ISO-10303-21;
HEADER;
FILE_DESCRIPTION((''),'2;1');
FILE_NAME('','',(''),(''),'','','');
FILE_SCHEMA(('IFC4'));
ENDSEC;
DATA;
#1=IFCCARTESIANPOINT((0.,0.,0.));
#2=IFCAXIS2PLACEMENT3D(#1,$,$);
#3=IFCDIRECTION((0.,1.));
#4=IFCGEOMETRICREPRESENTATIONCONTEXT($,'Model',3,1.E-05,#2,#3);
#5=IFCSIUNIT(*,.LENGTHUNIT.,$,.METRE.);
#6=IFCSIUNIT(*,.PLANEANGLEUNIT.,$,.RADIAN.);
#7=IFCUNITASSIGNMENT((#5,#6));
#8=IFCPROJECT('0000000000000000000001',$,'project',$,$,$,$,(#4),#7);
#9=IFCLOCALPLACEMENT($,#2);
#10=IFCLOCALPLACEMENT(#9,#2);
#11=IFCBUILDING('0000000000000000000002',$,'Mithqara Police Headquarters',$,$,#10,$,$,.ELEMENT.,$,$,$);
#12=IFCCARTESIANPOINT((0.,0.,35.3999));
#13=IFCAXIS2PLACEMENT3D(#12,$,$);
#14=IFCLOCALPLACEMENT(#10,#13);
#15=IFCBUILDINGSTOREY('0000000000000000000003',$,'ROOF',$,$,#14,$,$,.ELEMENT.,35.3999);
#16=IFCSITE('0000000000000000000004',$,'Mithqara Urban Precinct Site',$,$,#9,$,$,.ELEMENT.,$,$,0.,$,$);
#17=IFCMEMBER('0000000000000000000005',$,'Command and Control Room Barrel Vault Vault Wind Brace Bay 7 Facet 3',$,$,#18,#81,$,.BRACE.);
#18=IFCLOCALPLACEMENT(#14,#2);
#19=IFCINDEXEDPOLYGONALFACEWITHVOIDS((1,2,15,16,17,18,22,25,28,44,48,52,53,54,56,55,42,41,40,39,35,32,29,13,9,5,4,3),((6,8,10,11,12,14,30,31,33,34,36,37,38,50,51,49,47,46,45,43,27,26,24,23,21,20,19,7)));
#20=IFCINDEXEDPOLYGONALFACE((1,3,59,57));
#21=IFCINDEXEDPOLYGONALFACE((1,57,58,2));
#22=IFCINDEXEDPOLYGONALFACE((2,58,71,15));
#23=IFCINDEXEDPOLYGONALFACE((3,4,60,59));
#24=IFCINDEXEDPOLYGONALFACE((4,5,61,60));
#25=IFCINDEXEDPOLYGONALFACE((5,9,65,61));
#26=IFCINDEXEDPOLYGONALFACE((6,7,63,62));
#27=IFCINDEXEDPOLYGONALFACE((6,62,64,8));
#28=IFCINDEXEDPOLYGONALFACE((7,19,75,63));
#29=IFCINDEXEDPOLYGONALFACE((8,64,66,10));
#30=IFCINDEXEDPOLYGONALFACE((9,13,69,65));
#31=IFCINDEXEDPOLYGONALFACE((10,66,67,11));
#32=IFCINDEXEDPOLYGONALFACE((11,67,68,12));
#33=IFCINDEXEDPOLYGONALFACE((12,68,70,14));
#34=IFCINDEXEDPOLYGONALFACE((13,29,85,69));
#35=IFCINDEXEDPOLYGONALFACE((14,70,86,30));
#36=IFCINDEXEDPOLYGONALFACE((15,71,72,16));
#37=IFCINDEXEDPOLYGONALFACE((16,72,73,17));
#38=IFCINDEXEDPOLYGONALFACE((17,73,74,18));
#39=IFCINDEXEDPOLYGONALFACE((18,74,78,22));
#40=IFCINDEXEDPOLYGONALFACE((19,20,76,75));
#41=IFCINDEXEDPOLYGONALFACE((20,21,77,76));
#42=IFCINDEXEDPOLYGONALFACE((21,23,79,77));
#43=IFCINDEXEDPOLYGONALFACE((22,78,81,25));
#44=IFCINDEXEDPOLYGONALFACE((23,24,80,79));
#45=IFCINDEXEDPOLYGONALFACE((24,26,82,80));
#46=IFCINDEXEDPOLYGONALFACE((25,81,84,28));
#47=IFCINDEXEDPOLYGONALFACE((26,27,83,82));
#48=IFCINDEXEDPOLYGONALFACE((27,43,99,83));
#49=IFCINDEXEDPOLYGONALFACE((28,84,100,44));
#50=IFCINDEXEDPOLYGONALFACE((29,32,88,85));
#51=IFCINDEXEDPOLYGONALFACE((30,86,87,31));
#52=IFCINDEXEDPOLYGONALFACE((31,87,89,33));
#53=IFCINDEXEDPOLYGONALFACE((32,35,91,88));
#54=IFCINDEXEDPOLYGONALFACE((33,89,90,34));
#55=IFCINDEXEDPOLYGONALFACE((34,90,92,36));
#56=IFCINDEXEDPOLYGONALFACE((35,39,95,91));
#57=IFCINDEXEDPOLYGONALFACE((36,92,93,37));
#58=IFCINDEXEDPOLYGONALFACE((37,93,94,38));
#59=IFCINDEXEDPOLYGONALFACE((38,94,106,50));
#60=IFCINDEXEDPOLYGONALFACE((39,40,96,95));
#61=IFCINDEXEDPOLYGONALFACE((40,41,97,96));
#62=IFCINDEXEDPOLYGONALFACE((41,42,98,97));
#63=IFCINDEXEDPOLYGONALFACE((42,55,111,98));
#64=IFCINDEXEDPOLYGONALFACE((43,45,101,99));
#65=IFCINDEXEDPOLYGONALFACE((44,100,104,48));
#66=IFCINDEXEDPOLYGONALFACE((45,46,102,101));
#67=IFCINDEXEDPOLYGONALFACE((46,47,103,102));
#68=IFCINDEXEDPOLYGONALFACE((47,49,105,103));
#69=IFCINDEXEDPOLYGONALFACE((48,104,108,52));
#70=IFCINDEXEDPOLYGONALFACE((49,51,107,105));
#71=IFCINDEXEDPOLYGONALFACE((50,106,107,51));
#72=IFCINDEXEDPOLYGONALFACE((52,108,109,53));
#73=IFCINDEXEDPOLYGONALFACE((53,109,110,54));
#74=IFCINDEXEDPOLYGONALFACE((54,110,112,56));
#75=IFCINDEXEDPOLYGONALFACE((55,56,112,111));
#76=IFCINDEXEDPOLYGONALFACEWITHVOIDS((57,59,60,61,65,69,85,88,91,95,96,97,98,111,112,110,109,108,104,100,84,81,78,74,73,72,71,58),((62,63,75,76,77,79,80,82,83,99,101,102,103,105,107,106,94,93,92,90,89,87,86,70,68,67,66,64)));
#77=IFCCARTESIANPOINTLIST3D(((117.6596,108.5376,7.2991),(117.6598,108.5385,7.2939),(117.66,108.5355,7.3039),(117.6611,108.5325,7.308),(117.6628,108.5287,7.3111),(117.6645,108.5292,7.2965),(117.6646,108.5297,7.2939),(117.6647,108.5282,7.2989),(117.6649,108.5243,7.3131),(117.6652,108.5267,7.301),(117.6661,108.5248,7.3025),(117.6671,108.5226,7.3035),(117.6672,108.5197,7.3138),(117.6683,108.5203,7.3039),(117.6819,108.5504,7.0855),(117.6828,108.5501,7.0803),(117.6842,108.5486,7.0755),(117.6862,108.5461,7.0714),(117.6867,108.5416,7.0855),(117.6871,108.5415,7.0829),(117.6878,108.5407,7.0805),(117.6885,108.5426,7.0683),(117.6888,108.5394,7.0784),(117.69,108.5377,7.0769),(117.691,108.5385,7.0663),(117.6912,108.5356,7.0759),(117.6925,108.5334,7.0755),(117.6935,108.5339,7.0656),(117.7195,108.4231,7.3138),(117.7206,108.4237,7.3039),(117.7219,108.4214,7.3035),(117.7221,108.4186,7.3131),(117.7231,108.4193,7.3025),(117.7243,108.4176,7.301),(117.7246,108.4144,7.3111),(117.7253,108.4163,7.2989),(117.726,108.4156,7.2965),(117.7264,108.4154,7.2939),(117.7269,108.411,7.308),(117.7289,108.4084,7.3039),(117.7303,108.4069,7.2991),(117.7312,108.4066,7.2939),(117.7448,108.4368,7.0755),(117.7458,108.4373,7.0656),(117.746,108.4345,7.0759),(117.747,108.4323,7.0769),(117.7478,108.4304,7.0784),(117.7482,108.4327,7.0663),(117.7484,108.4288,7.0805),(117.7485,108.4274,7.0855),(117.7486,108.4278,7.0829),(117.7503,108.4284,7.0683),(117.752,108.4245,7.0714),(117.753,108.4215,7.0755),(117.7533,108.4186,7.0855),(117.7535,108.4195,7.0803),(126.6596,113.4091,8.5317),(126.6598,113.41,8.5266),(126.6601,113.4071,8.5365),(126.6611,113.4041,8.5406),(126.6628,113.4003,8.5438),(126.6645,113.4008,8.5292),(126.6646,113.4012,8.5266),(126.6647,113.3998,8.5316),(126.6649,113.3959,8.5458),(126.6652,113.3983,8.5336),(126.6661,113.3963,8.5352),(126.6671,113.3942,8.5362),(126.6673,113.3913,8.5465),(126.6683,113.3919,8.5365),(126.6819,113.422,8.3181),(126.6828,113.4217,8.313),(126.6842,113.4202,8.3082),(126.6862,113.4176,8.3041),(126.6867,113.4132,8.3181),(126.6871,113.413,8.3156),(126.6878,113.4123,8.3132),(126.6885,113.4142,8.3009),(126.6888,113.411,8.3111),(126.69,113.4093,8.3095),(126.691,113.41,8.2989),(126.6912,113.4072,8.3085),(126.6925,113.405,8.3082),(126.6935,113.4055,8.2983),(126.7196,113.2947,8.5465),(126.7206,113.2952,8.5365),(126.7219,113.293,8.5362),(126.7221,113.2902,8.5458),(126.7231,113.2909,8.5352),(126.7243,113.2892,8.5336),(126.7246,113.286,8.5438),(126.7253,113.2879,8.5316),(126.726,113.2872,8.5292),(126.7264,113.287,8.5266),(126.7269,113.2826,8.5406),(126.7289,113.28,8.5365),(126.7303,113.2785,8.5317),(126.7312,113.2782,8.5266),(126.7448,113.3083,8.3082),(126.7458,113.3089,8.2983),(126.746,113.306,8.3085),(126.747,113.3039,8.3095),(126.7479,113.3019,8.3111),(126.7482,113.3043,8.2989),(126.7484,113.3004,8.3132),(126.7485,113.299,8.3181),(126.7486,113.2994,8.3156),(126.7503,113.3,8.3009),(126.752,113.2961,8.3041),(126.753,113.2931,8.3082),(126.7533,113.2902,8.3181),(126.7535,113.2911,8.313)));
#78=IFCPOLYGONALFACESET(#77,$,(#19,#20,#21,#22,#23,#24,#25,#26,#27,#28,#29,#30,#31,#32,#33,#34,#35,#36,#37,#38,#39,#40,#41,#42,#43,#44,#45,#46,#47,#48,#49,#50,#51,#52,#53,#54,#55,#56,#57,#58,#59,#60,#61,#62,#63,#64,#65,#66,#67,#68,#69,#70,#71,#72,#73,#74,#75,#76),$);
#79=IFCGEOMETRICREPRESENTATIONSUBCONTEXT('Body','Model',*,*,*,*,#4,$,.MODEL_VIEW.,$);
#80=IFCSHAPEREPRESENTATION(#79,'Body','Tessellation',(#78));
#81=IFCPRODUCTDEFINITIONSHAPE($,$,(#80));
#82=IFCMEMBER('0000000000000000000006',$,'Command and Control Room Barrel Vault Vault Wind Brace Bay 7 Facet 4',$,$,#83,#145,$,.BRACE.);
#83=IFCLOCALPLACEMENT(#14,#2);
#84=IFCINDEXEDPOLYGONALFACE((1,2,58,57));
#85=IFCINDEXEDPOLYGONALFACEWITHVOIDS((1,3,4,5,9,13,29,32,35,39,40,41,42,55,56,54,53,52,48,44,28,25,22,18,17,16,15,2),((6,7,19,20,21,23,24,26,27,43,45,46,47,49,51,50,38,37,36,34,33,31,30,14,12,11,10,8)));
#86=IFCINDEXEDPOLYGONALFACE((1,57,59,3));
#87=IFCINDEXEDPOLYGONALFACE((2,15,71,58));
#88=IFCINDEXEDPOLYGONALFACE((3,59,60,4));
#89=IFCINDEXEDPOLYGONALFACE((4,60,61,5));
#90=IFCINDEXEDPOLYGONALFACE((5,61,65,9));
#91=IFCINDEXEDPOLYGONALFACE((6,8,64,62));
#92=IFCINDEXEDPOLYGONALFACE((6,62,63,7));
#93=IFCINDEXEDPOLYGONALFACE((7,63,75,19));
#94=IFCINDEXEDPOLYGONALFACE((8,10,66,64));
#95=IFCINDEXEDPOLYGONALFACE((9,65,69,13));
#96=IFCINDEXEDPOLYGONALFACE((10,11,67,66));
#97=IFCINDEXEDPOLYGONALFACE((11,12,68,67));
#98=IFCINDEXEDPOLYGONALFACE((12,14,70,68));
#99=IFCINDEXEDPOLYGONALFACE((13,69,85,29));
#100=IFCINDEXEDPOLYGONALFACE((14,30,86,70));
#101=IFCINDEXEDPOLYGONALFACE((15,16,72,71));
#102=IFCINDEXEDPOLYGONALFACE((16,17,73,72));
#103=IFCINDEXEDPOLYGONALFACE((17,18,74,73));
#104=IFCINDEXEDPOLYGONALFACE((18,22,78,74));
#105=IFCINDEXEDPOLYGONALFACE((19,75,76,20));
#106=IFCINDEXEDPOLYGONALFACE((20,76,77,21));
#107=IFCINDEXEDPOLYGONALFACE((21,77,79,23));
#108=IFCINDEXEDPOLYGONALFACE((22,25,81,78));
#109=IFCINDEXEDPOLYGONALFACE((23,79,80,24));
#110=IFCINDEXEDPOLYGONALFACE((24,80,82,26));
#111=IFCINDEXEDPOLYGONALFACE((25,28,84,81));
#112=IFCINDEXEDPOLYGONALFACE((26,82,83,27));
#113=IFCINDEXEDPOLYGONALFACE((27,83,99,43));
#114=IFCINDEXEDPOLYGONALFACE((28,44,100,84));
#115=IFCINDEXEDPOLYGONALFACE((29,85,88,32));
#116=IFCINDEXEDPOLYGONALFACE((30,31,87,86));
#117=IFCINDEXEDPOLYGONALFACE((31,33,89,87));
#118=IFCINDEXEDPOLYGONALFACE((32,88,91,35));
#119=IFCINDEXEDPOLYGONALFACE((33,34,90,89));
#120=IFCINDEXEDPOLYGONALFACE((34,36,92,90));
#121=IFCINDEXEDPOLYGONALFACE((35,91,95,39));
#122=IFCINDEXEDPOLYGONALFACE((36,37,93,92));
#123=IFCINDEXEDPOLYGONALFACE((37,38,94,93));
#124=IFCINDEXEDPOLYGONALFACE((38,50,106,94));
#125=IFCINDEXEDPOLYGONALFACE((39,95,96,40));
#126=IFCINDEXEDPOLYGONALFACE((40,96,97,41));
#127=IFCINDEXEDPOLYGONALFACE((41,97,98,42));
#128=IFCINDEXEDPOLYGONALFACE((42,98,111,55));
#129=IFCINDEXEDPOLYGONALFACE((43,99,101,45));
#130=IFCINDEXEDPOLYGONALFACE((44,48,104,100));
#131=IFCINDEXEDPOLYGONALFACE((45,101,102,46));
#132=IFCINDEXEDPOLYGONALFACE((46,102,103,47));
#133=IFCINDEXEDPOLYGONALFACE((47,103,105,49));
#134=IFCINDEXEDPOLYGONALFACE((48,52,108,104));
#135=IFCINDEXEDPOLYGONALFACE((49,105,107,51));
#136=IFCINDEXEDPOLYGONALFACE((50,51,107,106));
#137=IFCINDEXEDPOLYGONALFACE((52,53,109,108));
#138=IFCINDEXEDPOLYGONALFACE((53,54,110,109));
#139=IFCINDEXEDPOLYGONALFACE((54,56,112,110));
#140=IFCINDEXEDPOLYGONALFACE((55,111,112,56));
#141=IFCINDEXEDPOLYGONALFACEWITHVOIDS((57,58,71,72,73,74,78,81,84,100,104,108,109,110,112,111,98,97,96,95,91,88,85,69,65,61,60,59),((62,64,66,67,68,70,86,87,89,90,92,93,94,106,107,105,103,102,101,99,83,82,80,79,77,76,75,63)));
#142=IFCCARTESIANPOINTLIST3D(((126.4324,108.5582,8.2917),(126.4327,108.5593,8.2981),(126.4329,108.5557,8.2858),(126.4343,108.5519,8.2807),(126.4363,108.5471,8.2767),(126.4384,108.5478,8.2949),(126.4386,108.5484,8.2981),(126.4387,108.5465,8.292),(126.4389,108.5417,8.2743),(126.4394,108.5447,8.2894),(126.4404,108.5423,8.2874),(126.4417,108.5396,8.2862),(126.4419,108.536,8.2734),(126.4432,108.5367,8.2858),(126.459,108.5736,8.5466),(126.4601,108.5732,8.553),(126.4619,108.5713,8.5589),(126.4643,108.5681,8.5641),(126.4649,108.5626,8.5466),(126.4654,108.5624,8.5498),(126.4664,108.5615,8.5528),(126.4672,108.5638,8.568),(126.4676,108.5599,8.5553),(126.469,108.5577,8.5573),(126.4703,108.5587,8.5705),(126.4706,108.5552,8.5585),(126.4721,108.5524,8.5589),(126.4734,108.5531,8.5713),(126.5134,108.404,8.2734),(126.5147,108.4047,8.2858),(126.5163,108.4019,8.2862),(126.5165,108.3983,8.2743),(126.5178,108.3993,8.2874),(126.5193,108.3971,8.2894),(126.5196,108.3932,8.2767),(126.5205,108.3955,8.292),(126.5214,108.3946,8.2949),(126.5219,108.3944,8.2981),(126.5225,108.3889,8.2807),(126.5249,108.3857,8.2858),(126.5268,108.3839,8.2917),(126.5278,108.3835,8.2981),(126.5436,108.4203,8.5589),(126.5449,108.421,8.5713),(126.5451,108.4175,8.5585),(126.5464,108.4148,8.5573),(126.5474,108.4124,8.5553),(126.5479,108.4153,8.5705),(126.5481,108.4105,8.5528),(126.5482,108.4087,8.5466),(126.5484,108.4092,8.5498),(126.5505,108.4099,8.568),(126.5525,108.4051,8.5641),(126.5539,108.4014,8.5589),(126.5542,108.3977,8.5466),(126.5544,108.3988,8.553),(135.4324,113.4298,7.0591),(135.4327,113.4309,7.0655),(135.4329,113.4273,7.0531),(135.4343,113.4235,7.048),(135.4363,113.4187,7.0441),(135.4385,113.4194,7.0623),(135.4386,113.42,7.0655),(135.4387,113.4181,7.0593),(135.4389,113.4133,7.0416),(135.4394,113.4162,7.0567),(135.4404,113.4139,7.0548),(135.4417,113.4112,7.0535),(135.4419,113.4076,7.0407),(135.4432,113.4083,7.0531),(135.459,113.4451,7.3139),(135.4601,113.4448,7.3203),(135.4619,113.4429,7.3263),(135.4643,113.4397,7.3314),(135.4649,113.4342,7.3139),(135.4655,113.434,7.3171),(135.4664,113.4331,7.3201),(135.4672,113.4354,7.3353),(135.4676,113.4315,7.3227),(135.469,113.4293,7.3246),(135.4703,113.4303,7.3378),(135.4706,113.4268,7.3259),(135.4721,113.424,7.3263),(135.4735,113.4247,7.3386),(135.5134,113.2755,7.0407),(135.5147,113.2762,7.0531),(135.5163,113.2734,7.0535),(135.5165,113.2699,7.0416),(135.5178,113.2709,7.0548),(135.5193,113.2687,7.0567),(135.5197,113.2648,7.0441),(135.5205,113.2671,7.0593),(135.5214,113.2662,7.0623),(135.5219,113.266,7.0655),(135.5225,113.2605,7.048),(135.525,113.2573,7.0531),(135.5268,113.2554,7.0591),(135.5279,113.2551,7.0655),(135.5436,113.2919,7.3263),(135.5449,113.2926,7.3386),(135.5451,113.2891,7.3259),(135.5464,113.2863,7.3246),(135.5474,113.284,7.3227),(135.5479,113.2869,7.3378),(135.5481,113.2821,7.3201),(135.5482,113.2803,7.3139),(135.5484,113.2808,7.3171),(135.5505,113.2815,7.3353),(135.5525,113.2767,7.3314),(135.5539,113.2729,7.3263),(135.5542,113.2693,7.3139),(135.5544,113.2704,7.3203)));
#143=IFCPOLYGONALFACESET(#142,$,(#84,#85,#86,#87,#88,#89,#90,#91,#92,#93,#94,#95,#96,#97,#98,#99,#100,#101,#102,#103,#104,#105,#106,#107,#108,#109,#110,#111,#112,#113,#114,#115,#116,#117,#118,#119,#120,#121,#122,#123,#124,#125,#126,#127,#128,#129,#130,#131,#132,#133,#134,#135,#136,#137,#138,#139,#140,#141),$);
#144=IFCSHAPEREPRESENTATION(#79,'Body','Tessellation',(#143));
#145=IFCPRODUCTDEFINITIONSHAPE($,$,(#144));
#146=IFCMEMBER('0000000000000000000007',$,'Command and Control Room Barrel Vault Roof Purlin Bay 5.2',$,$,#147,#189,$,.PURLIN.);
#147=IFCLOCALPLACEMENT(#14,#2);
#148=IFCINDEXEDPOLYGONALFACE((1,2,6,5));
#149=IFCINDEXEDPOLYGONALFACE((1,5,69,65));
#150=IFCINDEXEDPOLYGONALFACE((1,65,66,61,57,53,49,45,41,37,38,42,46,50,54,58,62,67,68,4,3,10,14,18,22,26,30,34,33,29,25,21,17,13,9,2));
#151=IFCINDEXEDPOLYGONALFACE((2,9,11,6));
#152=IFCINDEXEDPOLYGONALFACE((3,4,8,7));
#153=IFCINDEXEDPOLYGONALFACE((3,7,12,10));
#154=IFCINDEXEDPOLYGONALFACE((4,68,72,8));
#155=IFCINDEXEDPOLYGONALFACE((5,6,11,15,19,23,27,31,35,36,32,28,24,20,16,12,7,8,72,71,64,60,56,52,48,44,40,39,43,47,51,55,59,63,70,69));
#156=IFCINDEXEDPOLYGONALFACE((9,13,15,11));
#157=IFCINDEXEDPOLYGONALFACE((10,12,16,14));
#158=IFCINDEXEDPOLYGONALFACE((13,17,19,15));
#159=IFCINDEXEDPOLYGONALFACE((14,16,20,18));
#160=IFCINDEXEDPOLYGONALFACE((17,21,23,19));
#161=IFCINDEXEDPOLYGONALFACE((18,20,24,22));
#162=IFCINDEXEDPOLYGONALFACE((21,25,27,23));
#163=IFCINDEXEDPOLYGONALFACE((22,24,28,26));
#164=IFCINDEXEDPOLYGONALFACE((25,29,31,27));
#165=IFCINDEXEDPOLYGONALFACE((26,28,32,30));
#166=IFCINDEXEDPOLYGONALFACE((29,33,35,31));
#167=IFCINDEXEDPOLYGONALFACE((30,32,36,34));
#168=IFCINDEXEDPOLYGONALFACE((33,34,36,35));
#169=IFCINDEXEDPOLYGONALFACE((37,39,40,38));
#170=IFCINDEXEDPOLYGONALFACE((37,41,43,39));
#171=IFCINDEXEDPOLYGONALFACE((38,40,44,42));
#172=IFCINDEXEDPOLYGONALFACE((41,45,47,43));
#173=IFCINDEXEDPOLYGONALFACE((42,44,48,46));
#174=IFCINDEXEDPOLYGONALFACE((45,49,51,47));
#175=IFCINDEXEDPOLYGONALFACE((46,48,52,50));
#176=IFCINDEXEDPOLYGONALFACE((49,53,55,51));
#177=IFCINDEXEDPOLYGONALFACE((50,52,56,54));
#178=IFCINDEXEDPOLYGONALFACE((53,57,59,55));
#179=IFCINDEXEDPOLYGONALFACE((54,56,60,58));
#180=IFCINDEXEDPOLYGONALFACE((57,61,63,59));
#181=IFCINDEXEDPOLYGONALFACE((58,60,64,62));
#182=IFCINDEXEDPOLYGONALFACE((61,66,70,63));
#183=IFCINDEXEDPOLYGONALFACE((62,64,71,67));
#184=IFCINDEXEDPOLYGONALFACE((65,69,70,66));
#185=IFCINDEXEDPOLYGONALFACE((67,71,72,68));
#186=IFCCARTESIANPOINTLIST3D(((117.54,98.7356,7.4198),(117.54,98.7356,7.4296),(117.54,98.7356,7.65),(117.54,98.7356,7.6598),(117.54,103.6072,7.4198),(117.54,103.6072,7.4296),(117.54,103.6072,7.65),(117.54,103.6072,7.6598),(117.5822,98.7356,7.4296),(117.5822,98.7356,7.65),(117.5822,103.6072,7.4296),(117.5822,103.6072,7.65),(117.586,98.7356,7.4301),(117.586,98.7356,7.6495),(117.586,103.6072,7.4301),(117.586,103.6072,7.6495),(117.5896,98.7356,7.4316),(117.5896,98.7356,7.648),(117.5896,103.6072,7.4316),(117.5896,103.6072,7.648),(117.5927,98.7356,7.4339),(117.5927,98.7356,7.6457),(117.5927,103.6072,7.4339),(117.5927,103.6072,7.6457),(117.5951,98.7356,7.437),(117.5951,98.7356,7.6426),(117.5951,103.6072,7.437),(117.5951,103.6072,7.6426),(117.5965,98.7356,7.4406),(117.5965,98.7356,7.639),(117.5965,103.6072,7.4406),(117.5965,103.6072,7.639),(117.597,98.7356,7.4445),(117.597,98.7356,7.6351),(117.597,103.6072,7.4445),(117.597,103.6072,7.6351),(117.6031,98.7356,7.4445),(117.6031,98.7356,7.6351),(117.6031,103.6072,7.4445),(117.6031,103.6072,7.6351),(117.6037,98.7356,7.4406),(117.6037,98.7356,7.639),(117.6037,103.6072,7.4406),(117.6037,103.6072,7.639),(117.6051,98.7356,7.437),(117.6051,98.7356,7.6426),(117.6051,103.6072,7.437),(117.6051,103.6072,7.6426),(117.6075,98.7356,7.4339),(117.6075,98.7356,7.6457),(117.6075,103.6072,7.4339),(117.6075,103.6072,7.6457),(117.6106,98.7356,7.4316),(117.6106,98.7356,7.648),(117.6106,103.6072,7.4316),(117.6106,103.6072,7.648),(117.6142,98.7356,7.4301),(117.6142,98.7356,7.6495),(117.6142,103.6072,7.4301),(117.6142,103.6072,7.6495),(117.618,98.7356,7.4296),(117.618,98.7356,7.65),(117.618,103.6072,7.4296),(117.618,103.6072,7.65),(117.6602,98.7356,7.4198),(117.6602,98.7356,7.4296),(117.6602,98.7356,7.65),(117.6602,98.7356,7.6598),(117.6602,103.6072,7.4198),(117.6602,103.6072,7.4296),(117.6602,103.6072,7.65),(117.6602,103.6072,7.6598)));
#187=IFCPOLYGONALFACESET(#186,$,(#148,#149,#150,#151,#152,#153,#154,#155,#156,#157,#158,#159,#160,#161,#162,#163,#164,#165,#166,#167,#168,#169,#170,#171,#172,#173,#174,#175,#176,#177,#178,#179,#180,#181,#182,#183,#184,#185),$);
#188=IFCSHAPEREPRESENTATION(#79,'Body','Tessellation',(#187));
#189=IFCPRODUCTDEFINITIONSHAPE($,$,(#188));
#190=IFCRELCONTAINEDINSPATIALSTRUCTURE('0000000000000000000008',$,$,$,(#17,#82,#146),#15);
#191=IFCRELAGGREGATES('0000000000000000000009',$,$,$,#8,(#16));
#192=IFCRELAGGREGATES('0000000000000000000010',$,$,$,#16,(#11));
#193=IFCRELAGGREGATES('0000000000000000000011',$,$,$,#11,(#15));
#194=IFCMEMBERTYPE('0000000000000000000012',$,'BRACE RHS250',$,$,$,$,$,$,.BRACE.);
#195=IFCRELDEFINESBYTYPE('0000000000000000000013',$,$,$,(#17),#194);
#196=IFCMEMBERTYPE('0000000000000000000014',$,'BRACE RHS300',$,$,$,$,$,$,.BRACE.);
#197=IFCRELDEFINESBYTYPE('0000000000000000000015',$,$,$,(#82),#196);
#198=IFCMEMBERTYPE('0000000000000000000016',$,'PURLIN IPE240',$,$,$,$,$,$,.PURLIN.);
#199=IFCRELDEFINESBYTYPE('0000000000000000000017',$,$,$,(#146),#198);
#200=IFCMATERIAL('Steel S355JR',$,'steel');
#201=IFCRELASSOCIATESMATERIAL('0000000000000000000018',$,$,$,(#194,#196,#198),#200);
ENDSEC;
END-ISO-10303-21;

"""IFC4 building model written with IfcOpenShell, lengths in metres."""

from ifc_helpers import new_model, si_unit, direction, frame, origin, origin_2d, place, context, subcontext, project, spatial, hollow_rectangle, i_section, extrude, material, material_profile, profile_set, type_object, element, save


model = new_model("IFC4")

# Units and contexts
model_context = context("Model", 3, precision=1e-05, world=origin(), true_north=direction((0.0, 1.0)))
body_context = subcontext(model_context, "Body", "Model", "MODEL_VIEW")
ifc_project = project(units=[si_unit("LENGTHUNIT", "METRE"), si_unit("PLANEANGLEUNIT", "RADIAN")], contexts=[model_context])

# Site, building, storey
site_placement = place(None, origin())
site = spatial("IfcSite", under=ifc_project, at=site_placement, Name="Mithqara Urban Precinct Site", CompositionType="ELEMENT", RefElevation=0.0)
building_placement = place(site_placement, origin())
building = spatial("IfcBuilding", under=site, at=building_placement, Name="Mithqara Police Headquarters", CompositionType="ELEMENT")
storey_placement = place(building_placement, frame((0.0, 0.0, 35.3999)))
storey = spatial("IfcBuildingStorey", under=building, at=storey_placement, Name="ROOF", CompositionType="ELEMENT", Elevation=35.3999)

# Members
ifc_material_1 = material(Name="Steel S355JR", Category="steel")
ifc_material_profile_1 = material_profile(ifc_material_1, hollow_rectangle(XDim=0.1499, YDim=0.25, WallThickness=0.01, InnerFilletRadius=0.01, OuterFilletRadius=0.02, at=origin_2d()), Name="RHS 250x150x10.0")
ifc_profile_set_1 = profile_set([ifc_material_profile_1], Name="Steel S355JR")
member_type_1 = type_object("IfcMemberType", Name="BRACE RHS250", PredefinedType="BRACE", material=ifc_profile_set_1)
member_1_placement = place(storey_placement, frame((117.7065, 108.4785, 7.1897), z_axis=(0.873121, 0.472609, 0.119585), x_axis=(-0.476025, 0.879432, 0.0)))
element("IfcMember", 1, at=member_1_placement, inside=storey, type_object=member_type_1, Name="Command and Control Room Barrel Vault Vault Wind Brace Bay 7 Facet 3", PredefinedType="BRACE", context=body_context, shape_type="SweptSolid", body=[
    extrude(hollow_rectangle(XDim=0.1499, YDim=0.25, WallThickness=0.01, InnerFilletRadius=0.01, OuterFilletRadius=0.02, at=origin_2d()), origin(), (0.0, 0.0, 1.0), 10.3079),
])
ifc_material_profile_2 = material_profile(ifc_material_1, hollow_rectangle(XDim=0.2, YDim=0.3, WallThickness=0.0125, InnerFilletRadius=0.0125, OuterFilletRadius=0.0249, at=origin_2d()), Name="RHS 300x200x12.5")
ifc_profile_set_2 = profile_set([ifc_material_profile_2], Name="Steel S355JR")
member_type_2 = type_object("IfcMemberType", Name="BRACE RHS300", PredefinedType="BRACE", material=ifc_profile_set_2)
member_2_placement = place(storey_placement, frame((126.4934, 108.4785, 8.4224), z_axis=(0.873121, 0.472609, -0.119585), x_axis=(-0.476025, 0.879432, 0.0)))
element("IfcMember", 2, at=member_2_placement, inside=storey, type_object=member_type_2, Name="Command and Control Room Barrel Vault Vault Wind Brace Bay 7 Facet 4", PredefinedType="BRACE", context=body_context, shape_type="SweptSolid", body=[
    extrude(hollow_rectangle(XDim=0.2, YDim=0.3, WallThickness=0.0125, InnerFilletRadius=0.0125, OuterFilletRadius=0.0249, at=origin_2d()), origin(), (0.0, 0.0, 1.0), 10.3079),
])
ifc_material_profile_3 = material_profile(ifc_material_1, i_section(OverallWidth=0.1201, OverallDepth=0.24, WebThickness=0.0061, FlangeThickness=0.0098, FilletRadius=0.0149, at=origin_2d()), Name="IPE 240")
ifc_profile_set_3 = profile_set([ifc_material_profile_3], Name="Steel S355JR")
member_type_3 = type_object("IfcMemberType", Name="PURLIN IPE240", PredefinedType="PURLIN", material=ifc_profile_set_3)
member_3_placement = place(storey_placement, frame((117.6001, 98.7356, 7.5398), z_axis=(0.0, 1.0, 0.0), x_axis=(-1.0, 0.0, 0.0)))
element("IfcMember", 3, at=member_3_placement, inside=storey, type_object=member_type_3, Name="Command and Control Room Barrel Vault Roof Purlin Bay 5.2", PredefinedType="PURLIN", context=body_context, shape_type="SweptSolid", body=[
    extrude(i_section(OverallWidth=0.1201, OverallDepth=0.24, WebThickness=0.0061, FlangeThickness=0.0098, FilletRadius=0.0149, at=origin_2d()), origin(), (0.0, 0.0, 1.0), 4.8716),
])

save(model, "model.ifc")
